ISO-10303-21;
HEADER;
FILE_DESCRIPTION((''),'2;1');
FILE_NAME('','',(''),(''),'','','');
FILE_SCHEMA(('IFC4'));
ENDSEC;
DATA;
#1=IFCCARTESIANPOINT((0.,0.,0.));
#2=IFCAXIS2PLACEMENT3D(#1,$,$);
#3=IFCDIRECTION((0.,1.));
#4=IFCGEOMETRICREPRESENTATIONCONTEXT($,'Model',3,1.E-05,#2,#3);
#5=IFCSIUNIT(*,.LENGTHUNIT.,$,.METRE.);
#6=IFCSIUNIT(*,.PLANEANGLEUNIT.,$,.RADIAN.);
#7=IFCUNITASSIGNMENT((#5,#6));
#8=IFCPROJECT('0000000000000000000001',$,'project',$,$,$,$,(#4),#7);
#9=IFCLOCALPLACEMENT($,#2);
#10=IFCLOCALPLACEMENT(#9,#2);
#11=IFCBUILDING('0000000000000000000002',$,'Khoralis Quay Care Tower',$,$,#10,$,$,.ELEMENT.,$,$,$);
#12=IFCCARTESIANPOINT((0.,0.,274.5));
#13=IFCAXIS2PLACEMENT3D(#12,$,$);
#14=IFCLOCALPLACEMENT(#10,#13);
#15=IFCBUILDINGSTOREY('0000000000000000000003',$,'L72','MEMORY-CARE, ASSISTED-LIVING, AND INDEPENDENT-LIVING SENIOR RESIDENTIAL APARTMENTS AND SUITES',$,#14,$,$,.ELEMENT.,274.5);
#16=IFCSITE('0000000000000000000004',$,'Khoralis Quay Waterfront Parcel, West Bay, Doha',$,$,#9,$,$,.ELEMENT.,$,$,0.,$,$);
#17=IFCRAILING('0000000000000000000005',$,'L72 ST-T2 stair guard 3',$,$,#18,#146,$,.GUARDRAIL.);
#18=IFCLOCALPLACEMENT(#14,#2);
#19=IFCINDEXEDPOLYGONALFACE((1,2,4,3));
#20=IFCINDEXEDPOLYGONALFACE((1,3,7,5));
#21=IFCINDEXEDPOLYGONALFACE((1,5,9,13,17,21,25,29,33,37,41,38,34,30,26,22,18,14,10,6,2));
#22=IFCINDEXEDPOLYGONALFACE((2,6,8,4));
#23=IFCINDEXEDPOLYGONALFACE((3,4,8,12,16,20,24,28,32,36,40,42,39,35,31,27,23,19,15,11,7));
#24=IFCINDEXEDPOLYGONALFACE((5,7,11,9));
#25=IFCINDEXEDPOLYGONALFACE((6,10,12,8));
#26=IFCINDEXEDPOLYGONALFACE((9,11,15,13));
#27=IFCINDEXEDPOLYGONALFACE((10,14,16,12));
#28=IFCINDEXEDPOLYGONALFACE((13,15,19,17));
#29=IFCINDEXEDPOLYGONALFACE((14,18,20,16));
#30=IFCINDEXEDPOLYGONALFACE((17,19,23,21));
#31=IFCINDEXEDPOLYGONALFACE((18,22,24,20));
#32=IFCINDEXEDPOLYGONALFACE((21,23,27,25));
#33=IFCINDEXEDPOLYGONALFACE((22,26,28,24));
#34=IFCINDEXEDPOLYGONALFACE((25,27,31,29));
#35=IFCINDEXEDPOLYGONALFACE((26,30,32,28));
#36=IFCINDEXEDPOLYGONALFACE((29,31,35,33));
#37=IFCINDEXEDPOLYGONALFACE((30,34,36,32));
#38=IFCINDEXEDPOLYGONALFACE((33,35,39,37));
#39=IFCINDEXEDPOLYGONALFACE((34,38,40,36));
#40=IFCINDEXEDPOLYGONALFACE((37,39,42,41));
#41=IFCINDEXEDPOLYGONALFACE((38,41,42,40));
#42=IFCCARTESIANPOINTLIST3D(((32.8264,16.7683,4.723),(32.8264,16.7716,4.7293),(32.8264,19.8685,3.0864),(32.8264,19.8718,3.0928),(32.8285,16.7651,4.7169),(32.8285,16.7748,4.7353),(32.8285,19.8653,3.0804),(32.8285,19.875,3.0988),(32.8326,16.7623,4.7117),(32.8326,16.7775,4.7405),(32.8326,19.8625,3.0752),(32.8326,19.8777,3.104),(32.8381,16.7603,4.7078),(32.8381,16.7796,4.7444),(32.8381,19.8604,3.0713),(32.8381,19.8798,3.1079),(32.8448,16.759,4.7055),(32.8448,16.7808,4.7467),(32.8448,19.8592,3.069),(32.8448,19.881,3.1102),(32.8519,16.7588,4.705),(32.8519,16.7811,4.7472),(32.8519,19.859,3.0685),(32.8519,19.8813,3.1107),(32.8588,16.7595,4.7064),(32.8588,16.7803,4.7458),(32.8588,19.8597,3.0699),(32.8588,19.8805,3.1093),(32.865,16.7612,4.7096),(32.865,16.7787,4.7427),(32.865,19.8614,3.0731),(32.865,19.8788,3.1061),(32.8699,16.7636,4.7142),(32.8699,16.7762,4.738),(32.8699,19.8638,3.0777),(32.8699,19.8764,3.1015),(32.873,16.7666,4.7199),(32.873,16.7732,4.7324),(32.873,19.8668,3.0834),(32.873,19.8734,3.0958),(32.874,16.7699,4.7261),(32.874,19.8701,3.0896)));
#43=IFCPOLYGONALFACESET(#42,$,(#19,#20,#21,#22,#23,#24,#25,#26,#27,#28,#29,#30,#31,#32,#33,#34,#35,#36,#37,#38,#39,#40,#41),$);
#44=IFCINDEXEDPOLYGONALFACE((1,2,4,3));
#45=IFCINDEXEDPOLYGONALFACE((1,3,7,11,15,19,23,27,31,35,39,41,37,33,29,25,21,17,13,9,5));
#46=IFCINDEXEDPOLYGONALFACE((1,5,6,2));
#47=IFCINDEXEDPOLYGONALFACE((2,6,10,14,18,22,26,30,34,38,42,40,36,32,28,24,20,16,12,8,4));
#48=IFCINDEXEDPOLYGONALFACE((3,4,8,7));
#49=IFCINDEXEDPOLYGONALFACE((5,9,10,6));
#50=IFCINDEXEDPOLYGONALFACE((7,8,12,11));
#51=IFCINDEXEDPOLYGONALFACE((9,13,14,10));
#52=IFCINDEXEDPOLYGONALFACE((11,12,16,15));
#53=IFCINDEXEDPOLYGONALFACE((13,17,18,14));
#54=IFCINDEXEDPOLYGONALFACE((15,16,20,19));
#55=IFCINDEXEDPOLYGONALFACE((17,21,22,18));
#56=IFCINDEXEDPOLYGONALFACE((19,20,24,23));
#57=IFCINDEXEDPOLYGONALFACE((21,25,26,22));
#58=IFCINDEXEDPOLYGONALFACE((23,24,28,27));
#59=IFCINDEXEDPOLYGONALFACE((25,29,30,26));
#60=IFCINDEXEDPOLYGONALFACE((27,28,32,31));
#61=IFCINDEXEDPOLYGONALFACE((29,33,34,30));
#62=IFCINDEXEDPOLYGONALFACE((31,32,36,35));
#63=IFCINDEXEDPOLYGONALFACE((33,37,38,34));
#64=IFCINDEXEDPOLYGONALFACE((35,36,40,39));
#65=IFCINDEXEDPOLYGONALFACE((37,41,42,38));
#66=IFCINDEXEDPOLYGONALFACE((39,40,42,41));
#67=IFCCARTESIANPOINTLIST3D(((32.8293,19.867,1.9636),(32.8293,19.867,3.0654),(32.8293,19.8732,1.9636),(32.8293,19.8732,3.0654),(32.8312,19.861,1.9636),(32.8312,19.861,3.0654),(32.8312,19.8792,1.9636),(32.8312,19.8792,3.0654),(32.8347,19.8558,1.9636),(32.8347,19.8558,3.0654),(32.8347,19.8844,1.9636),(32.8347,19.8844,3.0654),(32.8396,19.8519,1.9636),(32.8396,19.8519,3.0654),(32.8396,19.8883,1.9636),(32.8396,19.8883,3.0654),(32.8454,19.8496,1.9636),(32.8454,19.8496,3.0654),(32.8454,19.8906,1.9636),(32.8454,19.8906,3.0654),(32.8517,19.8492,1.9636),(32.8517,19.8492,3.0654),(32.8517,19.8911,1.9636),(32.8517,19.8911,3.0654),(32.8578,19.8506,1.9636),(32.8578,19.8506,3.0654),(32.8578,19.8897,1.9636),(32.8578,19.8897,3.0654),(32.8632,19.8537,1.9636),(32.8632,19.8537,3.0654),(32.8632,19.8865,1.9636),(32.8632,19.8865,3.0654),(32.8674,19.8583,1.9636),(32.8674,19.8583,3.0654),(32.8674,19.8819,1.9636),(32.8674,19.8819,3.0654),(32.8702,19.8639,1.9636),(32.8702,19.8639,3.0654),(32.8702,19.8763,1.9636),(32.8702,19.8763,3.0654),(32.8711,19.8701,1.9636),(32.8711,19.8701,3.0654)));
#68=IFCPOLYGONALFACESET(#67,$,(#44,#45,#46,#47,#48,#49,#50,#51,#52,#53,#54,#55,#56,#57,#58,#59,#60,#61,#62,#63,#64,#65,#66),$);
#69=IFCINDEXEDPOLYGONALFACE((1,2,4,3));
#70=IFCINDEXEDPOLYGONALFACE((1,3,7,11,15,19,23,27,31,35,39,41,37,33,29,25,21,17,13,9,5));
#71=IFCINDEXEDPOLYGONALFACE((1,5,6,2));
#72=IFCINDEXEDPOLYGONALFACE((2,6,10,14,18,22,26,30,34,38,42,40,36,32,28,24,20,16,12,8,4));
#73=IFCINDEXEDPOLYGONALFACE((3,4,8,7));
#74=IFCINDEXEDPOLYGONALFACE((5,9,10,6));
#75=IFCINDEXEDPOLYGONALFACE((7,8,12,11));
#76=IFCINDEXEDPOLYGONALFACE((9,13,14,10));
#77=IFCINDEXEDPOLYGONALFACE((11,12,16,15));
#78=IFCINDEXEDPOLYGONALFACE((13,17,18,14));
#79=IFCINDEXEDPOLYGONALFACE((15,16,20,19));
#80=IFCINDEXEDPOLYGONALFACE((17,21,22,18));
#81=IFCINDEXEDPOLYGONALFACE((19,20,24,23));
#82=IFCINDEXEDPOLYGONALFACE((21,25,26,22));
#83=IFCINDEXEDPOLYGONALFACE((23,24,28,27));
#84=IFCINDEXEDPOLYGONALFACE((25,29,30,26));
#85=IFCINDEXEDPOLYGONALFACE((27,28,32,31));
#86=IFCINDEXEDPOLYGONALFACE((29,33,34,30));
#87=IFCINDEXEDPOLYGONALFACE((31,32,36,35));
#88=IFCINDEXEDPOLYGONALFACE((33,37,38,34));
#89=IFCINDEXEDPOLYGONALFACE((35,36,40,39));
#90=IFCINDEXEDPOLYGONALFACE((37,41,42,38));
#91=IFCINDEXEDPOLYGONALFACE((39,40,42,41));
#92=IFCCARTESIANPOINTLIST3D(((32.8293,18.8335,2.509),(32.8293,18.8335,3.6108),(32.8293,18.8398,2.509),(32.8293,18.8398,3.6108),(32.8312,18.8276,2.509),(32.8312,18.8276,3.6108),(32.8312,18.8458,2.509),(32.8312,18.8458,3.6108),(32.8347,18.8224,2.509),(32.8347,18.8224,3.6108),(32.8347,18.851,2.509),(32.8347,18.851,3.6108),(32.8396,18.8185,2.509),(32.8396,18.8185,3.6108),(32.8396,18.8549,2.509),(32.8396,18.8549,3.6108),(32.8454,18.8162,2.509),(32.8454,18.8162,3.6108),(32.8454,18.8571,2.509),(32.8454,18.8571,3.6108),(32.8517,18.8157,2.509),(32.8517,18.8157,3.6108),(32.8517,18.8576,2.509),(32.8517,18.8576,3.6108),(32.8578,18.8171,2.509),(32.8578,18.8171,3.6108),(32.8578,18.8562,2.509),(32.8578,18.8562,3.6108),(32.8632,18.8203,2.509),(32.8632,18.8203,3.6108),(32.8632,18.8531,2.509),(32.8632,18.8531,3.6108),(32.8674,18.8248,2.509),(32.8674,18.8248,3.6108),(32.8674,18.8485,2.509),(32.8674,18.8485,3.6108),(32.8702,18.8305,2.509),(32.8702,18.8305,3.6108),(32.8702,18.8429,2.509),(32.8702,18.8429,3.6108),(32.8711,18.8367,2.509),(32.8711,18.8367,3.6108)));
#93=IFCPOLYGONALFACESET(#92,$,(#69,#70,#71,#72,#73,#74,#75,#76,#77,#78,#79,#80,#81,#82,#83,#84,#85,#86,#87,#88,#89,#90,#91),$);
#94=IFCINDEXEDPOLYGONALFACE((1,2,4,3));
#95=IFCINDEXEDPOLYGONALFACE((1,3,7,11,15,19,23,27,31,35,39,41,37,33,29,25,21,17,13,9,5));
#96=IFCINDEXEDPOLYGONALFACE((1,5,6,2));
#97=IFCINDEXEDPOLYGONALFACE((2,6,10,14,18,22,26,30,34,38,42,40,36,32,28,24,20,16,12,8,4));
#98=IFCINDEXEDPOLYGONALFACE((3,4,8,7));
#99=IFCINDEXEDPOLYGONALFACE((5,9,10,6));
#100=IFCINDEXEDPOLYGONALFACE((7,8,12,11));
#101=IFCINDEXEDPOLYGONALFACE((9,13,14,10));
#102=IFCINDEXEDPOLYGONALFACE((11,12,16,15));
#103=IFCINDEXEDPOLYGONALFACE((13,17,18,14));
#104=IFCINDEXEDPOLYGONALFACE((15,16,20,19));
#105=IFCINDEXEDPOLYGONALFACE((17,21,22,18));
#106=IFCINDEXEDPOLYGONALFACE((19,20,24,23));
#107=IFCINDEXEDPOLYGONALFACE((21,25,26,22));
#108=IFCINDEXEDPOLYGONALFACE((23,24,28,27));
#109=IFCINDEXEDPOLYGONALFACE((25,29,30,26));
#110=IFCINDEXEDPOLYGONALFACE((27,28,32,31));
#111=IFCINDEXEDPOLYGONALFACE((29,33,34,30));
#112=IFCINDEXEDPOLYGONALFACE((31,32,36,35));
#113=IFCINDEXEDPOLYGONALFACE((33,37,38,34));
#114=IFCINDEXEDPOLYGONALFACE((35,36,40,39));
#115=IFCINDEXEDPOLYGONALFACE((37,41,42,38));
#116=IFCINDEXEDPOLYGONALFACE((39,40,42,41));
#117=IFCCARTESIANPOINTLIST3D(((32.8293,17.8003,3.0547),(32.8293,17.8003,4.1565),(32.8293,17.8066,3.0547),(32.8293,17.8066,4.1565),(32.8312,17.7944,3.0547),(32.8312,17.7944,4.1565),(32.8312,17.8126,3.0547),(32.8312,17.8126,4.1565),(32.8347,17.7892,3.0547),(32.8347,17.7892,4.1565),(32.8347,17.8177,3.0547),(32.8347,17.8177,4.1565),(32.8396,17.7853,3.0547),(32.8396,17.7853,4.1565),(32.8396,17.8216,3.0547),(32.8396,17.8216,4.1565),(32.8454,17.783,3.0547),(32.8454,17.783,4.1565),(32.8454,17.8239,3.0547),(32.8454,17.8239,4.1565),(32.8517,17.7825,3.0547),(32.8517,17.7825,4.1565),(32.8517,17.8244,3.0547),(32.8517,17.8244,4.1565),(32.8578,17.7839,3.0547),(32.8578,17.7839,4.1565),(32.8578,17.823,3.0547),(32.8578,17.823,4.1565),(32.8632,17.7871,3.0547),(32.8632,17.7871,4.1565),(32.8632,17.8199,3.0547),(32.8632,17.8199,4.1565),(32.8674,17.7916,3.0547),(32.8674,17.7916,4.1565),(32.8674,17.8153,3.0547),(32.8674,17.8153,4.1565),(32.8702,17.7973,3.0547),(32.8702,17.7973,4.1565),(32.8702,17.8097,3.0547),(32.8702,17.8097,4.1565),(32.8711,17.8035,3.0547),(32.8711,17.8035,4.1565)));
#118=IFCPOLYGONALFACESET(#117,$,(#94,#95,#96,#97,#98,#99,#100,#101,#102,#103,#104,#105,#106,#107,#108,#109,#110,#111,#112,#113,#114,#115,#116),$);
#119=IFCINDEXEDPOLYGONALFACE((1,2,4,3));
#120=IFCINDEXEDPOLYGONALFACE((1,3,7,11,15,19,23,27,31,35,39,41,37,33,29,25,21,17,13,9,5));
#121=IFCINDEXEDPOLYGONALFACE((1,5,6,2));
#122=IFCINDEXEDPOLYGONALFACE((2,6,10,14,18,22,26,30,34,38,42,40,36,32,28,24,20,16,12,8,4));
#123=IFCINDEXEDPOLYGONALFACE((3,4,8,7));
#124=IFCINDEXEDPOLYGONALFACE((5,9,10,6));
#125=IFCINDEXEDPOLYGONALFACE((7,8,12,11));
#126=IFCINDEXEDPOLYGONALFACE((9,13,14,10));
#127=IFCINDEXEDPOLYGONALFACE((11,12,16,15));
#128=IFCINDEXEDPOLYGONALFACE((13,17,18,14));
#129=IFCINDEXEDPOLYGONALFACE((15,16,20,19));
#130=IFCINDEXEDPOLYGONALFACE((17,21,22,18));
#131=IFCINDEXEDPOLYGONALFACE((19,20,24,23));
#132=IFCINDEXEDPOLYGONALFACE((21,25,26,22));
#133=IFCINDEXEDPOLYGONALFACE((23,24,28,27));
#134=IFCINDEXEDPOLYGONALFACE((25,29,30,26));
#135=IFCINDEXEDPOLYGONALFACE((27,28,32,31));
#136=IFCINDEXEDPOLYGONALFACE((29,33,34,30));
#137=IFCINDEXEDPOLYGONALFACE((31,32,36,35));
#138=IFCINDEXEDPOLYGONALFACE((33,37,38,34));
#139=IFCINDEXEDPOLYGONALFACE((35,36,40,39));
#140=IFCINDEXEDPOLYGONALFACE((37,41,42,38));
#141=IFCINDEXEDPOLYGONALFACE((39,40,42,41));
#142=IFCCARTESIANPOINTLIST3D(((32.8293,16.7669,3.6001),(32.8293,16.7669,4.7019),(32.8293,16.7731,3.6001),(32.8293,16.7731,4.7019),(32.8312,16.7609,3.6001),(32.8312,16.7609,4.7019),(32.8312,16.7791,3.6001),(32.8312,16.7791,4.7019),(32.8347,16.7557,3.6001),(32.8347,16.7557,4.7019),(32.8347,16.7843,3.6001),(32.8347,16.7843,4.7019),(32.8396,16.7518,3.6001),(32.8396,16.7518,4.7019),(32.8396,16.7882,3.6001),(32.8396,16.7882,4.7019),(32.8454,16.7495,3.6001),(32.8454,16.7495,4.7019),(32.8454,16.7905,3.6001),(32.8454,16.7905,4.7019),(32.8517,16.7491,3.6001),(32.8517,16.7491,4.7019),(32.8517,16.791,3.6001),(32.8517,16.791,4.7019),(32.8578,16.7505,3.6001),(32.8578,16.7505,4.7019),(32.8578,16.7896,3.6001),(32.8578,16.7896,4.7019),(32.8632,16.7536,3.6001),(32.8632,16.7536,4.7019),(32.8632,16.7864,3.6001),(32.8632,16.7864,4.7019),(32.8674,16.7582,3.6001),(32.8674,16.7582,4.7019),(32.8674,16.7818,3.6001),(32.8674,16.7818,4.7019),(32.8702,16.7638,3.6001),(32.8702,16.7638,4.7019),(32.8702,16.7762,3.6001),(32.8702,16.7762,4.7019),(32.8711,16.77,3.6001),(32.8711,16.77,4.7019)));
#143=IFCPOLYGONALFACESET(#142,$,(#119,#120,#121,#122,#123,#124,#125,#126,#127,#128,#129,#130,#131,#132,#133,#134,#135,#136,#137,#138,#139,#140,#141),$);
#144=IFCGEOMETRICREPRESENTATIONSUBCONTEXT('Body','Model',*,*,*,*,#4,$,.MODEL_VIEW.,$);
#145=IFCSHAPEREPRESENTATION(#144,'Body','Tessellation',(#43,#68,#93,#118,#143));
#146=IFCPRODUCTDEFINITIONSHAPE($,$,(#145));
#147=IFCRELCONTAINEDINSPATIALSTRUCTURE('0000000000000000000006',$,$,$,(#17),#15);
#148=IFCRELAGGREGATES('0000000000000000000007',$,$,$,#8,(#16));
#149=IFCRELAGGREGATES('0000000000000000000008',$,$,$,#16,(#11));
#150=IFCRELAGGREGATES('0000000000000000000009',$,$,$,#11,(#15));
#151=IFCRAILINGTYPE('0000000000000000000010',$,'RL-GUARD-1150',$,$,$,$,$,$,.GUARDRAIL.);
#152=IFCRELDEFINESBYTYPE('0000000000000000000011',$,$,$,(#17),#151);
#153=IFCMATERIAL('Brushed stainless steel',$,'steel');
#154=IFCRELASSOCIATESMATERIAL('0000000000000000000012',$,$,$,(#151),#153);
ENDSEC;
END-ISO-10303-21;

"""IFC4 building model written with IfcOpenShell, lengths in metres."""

from ifc_helpers import new_model, si_unit, direction, frame, origin, origin_2d, place, context, subcontext, project, spatial, circle, extrude, material, type_object, element, save


model = new_model("IFC4")

# Units and contexts
model_context = context("Model", 3, precision=1e-05, world=origin(), true_north=direction((0.0, 1.0)))
body_context = subcontext(model_context, "Body", "Model", "MODEL_VIEW")
ifc_project = project(units=[si_unit("LENGTHUNIT", "METRE"), si_unit("PLANEANGLEUNIT", "RADIAN")], contexts=[model_context])

# Site, building, storey
site_placement = place(None, origin())
site = spatial("IfcSite", under=ifc_project, at=site_placement, Name="Khoralis Quay Waterfront Parcel, West Bay, Doha", CompositionType="ELEMENT", RefElevation=0.0)
building_placement = place(site_placement, origin())
building = spatial("IfcBuilding", under=site, at=building_placement, Name="Khoralis Quay Care Tower", CompositionType="ELEMENT")
storey_placement = place(building_placement, frame((0.0, 0.0, 274.5)))
storey = spatial("IfcBuildingStorey", under=building, at=storey_placement, Name="L72", Description="MEMORY-CARE, ASSISTED-LIVING, AND INDEPENDENT-LIVING SENIOR RESIDENTIAL APARTMENTS AND SUITES", CompositionType="ELEMENT", Elevation=274.5)

# Shared definitions
ifc_material_1 = material(Name="Brushed stainless steel", Category="steel")

# Railing
railing_type_1 = type_object("IfcRailingType", Name="RL-GUARD-1150", PredefinedType="GUARDRAIL", material=ifc_material_1)
railing_1_placement = place(storey_placement, frame((32.8501, 19.8701, 1.9636)))
element("IfcRailing", 1, at=railing_1_placement, inside=storey, type_object=railing_type_1, Name="L72 ST-T2 stair guard 3", PredefinedType="GUARDRAIL", context=body_context, shape_type="SweptSolid", body=[
    extrude(circle(Radius=0.0239, at=origin_2d()), frame((0.0, 0.0, 1.126), z_axis=(0.0, -0.884348, 0.466828), x_axis=(1.0, 0.0, 0.0)), (0.0, 0.0, 1.0), 3.5056),
    extrude(circle(Radius=0.021, at=origin_2d()), origin(), (0.0, 0.0, 1.0), 1.1018),
    extrude(circle(Radius=0.021, at=origin_2d()), frame((0.0, -1.0334, 0.5454)), (0.0, 0.0, 1.0), 1.1018),
    extrude(circle(Radius=0.021, at=origin_2d()), frame((0.0, -2.0667, 1.0911)), (0.0, 0.0, 1.0), 1.1018),
    extrude(circle(Radius=0.021, at=origin_2d()), frame((0.0, -3.1001, 1.6365)), (0.0, 0.0, 1.0), 1.1018),
])

save(model, "model.ifc")
